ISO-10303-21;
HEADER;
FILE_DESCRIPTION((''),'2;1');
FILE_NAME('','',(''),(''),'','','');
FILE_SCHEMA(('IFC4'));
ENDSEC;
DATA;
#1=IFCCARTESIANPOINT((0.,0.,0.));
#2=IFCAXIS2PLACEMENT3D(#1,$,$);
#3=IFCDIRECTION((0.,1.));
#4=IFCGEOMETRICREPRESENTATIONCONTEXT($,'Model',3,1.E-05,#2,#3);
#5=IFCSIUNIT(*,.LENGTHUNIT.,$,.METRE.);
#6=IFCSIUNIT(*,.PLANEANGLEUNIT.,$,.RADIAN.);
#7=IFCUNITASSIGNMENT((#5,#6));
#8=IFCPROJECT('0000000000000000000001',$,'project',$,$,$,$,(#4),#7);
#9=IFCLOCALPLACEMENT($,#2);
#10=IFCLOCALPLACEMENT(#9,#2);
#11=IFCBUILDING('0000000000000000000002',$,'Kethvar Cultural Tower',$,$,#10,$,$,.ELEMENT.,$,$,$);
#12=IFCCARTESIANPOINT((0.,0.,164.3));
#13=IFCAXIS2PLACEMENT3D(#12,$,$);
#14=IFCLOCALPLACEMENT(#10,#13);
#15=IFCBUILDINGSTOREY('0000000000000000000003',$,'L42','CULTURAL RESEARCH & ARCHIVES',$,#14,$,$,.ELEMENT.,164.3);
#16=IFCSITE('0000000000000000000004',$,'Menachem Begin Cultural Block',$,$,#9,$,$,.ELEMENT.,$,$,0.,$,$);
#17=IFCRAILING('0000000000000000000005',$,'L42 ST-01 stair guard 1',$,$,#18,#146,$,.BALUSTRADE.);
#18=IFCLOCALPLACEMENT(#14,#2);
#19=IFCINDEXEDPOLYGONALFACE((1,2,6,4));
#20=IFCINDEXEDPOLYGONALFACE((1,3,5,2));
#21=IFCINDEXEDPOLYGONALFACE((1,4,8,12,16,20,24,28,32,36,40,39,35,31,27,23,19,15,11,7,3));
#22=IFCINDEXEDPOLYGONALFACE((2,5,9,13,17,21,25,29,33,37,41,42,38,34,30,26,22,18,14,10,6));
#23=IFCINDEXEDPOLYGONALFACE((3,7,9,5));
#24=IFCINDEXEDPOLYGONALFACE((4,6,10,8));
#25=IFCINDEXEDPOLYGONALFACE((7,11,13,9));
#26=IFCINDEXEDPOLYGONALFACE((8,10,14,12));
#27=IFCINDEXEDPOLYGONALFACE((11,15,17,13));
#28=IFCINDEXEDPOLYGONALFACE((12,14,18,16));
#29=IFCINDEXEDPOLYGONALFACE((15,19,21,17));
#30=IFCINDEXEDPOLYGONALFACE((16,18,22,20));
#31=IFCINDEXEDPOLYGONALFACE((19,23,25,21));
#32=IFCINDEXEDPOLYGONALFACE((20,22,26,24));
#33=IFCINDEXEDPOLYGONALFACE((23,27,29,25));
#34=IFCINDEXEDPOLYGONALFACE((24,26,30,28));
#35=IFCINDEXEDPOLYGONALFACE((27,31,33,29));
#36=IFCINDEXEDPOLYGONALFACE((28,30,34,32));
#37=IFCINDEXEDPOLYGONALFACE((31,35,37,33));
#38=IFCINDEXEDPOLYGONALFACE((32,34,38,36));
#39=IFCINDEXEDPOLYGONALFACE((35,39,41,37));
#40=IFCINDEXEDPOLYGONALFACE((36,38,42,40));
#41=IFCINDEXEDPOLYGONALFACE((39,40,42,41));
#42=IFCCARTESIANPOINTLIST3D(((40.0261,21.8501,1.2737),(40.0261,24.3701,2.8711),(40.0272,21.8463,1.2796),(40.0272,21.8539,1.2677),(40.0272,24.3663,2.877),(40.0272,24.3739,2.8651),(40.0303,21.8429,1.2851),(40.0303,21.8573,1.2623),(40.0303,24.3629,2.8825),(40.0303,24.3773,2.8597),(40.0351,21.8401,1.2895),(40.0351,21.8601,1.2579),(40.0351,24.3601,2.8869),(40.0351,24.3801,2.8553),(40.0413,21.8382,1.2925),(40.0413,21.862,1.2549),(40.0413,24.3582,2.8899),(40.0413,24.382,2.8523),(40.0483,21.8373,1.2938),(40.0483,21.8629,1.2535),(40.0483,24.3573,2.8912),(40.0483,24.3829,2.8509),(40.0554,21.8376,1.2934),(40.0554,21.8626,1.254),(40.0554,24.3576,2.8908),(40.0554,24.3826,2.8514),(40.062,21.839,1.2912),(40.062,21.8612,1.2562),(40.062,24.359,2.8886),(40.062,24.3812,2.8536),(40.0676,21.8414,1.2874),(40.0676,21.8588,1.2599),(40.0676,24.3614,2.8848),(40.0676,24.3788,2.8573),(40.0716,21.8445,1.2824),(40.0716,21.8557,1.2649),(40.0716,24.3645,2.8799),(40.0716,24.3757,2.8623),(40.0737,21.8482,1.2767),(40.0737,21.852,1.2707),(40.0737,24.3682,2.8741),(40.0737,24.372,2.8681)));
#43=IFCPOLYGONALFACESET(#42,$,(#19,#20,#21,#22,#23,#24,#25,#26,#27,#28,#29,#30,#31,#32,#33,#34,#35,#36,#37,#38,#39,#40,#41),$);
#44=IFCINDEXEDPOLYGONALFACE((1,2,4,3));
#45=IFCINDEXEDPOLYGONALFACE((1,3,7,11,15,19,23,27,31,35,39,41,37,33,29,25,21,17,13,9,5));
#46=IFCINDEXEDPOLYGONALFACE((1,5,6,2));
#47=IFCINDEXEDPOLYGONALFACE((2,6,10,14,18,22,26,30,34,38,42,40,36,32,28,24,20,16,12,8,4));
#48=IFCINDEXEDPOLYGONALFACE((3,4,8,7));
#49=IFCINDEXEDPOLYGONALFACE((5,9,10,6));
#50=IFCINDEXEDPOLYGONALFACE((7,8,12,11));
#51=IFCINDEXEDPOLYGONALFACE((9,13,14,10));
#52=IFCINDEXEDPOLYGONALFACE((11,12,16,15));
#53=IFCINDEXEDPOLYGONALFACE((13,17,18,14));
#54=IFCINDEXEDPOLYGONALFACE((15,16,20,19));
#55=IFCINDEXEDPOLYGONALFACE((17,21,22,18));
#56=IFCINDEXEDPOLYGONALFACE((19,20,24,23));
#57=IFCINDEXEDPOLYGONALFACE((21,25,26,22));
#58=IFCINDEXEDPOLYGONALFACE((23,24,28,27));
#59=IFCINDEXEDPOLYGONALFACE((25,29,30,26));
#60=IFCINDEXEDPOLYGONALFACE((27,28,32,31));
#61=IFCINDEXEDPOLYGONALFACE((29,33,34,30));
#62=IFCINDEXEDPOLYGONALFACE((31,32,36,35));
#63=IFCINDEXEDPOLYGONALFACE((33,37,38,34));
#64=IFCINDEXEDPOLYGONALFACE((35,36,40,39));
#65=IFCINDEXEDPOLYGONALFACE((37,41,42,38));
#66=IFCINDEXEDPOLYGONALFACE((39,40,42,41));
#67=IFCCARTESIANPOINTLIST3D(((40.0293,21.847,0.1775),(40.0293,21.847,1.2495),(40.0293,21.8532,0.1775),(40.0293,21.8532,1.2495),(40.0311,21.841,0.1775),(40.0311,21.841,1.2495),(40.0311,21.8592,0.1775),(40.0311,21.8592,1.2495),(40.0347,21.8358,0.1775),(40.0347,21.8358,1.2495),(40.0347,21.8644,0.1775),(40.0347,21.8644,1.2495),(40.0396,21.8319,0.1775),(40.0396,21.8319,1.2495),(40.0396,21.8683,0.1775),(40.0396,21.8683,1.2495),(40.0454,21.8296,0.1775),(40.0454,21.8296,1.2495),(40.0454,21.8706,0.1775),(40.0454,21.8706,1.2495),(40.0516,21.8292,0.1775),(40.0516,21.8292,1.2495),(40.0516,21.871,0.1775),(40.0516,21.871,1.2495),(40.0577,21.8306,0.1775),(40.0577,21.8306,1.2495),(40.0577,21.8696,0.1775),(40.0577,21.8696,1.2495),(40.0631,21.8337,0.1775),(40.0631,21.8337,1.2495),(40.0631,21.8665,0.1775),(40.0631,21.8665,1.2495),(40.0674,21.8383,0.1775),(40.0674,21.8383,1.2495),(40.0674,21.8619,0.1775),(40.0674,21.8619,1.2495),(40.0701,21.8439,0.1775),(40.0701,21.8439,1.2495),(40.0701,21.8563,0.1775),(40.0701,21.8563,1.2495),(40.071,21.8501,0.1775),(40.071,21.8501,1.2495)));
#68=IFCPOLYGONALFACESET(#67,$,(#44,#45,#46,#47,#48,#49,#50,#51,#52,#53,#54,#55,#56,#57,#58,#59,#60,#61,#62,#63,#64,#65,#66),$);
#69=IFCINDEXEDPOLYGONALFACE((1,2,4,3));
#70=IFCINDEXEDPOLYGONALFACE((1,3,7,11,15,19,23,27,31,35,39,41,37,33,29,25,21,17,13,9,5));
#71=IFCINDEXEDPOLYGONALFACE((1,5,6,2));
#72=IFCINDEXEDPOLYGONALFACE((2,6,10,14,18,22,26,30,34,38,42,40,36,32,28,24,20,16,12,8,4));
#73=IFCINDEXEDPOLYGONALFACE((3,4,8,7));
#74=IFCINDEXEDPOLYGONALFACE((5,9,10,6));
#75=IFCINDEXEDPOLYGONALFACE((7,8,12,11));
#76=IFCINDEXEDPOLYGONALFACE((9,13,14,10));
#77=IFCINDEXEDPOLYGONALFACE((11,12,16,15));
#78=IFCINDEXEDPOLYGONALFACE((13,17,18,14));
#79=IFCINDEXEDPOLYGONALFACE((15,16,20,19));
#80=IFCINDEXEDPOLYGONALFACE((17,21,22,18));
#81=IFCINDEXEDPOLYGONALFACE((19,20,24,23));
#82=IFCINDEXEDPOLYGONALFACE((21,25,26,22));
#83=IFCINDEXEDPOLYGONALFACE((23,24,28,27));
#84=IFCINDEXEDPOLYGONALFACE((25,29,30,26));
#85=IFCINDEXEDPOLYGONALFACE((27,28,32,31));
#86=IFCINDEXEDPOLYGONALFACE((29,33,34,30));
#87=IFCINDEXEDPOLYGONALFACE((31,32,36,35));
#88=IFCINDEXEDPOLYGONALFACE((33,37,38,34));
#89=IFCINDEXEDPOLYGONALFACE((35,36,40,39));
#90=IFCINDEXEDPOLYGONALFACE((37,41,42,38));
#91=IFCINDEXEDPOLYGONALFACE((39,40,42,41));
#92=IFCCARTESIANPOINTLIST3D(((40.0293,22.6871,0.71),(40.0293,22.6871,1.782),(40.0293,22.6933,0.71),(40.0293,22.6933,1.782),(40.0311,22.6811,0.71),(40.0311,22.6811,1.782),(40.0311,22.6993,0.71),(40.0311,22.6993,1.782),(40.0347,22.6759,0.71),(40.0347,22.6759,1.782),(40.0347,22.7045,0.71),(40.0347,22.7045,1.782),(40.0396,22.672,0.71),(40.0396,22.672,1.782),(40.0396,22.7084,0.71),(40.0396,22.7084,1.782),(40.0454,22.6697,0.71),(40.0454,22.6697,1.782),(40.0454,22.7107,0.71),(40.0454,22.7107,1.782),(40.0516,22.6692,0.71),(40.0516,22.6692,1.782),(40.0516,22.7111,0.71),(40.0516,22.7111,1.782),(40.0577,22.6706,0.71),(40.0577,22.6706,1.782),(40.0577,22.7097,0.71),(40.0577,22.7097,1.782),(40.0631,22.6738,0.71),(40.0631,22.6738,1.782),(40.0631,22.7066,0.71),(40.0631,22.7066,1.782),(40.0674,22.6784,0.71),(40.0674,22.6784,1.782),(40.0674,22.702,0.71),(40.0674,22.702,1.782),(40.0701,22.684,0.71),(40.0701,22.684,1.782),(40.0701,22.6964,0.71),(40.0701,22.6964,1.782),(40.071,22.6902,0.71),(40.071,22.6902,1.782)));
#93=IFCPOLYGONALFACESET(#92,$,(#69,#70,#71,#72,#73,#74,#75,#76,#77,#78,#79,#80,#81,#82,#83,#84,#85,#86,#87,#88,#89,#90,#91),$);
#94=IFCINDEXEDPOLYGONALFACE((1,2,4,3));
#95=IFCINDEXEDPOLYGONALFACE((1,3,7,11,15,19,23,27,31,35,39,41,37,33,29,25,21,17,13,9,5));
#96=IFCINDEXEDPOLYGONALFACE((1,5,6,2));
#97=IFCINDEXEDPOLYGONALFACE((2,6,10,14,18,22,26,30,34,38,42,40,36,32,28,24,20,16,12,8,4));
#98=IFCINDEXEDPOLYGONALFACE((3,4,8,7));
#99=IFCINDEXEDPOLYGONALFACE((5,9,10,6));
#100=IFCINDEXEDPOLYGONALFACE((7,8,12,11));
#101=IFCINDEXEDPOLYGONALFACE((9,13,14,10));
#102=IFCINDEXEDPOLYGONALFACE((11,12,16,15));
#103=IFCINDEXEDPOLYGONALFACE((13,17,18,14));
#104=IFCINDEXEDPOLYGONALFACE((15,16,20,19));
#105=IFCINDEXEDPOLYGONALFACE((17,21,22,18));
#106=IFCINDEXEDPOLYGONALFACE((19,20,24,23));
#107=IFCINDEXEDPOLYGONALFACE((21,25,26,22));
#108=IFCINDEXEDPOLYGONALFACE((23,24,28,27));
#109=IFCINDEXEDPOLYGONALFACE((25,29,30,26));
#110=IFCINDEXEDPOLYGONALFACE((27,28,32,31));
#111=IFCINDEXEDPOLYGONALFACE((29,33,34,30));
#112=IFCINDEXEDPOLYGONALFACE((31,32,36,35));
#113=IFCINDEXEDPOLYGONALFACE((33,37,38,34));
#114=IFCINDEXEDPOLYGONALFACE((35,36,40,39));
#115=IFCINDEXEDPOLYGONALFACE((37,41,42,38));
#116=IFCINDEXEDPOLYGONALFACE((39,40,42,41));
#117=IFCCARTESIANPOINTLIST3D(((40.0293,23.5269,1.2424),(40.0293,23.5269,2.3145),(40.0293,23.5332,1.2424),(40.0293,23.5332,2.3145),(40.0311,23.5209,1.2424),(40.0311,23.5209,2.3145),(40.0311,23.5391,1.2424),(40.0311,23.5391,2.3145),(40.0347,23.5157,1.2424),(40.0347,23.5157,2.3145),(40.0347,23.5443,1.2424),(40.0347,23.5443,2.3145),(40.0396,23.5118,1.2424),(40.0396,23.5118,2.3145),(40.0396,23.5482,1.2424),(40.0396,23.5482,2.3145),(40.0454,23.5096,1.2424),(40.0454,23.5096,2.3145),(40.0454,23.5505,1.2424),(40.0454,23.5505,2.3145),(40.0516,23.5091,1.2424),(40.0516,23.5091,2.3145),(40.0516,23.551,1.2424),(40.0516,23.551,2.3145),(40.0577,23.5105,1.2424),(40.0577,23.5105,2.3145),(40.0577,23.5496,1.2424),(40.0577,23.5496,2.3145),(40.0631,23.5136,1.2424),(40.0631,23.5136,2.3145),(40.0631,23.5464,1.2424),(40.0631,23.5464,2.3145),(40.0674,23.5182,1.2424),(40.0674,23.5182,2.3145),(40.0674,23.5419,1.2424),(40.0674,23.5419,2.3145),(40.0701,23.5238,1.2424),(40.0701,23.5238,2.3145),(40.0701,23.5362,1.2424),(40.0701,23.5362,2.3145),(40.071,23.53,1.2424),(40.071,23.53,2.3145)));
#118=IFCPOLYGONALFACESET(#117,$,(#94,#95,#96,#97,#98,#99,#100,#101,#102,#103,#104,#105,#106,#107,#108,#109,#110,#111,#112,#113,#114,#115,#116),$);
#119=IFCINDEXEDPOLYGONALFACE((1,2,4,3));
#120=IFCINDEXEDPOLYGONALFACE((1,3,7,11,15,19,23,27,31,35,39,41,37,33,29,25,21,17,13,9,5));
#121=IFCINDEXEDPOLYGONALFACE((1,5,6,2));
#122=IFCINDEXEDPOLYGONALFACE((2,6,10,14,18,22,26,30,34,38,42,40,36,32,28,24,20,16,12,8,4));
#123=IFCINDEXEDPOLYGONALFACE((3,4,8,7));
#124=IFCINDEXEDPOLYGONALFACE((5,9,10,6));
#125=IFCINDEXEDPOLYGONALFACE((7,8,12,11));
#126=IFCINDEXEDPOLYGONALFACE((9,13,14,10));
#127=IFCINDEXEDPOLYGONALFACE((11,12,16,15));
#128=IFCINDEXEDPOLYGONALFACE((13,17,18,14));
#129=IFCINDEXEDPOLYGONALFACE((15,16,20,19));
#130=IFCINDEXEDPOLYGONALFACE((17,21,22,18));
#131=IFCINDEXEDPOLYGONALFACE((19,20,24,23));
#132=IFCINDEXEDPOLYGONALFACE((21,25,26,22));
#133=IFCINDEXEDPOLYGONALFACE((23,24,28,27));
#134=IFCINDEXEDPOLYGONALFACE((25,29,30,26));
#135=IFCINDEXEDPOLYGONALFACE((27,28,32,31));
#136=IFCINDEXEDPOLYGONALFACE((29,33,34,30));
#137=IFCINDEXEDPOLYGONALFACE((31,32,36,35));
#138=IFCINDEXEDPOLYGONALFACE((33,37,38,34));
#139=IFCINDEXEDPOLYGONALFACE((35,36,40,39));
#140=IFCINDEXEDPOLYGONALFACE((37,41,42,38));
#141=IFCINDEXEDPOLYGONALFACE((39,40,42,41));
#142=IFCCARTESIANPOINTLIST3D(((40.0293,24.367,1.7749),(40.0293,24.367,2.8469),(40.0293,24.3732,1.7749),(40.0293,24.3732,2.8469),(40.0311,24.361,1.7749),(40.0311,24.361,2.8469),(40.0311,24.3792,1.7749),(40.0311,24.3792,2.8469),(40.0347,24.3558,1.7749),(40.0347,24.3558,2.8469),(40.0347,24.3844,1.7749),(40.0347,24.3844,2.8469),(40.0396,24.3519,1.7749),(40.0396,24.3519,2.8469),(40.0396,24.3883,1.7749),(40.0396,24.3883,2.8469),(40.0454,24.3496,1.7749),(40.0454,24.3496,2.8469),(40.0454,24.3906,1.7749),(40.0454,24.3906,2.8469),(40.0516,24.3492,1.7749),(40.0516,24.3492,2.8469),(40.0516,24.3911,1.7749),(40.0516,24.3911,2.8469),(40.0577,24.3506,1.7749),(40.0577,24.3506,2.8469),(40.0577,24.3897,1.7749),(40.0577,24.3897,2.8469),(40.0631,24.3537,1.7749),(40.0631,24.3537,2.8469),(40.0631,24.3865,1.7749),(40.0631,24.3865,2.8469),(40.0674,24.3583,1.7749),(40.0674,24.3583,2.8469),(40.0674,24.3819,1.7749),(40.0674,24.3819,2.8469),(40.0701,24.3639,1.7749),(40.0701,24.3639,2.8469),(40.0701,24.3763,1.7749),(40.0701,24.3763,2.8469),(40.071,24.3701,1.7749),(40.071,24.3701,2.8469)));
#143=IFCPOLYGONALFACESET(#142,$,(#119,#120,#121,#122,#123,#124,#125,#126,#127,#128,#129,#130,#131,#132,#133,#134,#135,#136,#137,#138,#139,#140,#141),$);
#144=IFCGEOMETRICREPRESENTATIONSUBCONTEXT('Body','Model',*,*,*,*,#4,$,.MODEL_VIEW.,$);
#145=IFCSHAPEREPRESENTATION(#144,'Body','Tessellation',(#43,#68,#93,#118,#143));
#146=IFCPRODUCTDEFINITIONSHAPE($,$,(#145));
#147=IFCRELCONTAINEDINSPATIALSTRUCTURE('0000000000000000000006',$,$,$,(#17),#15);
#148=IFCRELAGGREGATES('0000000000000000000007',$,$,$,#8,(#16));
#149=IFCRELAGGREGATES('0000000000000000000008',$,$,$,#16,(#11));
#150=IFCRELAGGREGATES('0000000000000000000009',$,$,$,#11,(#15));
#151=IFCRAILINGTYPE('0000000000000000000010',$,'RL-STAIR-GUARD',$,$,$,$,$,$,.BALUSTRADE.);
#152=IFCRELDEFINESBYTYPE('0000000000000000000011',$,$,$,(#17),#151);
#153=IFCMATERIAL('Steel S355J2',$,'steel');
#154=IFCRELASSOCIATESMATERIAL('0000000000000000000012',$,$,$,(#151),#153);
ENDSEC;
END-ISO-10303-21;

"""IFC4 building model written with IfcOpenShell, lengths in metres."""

from ifc_helpers import new_model, si_unit, direction, frame, origin, origin_2d, place, context, subcontext, project, spatial, circle, extrude, material, type_object, element, save


model = new_model("IFC4")

# Units and contexts
model_context = context("Model", 3, precision=1e-05, world=origin(), true_north=direction((0.0, 1.0)))
body_context = subcontext(model_context, "Body", "Model", "MODEL_VIEW")
ifc_project = project(units=[si_unit("LENGTHUNIT", "METRE"), si_unit("PLANEANGLEUNIT", "RADIAN")], contexts=[model_context])

# Site, building, storey
site_placement = place(None, origin())
site = spatial("IfcSite", under=ifc_project, at=site_placement, Name="Menachem Begin Cultural Block", CompositionType="ELEMENT", RefElevation=0.0)
building_placement = place(site_placement, origin())
building = spatial("IfcBuilding", under=site, at=building_placement, Name="Kethvar Cultural Tower", CompositionType="ELEMENT")
storey_placement = place(building_placement, frame((0.0, 0.0, 164.3)))
storey = spatial("IfcBuildingStorey", under=building, at=storey_placement, Name="L42", Description="CULTURAL RESEARCH & ARCHIVES", CompositionType="ELEMENT", Elevation=164.3)

# Shared definitions
ifc_material_1 = material(Name="Steel S355J2", Category="steel")

# Railing
railing_type_1 = type_object("IfcRailingType", Name="RL-STAIR-GUARD", PredefinedType="BALUSTRADE", material=ifc_material_1)
railing_1_placement = place(storey_placement, frame((40.05, 21.8501, 0.1775)))
element("IfcRailing", 1, at=railing_1_placement, inside=storey, type_object=railing_type_1, Name="L42 ST-01 stair guard 1", PredefinedType="BALUSTRADE", context=body_context, shape_type="SweptSolid", body=[
    extrude(circle(Radius=0.0239, at=origin_2d()), frame((0.0, 0.0, 1.0962), z_axis=(0.0, 0.844607, 0.535387), x_axis=(-1.0, 0.0, 0.0)), (0.0, 0.0, 1.0), 2.9836),
    extrude(circle(Radius=0.021, at=origin_2d()), origin(), (0.0, 0.0, 1.0), 1.072),
    extrude(circle(Radius=0.021, at=origin_2d()), frame((0.0, 0.8401, 0.5325)), (0.0, 0.0, 1.0), 1.072),
    extrude(circle(Radius=0.021, at=origin_2d()), frame((0.0, 1.6799, 1.0649)), (0.0, 0.0, 1.0), 1.072),
    extrude(circle(Radius=0.021, at=origin_2d()), frame((0.0, 2.52, 1.5974)), (0.0, 0.0, 1.0), 1.072),
])

save(model, "model.ifc")
